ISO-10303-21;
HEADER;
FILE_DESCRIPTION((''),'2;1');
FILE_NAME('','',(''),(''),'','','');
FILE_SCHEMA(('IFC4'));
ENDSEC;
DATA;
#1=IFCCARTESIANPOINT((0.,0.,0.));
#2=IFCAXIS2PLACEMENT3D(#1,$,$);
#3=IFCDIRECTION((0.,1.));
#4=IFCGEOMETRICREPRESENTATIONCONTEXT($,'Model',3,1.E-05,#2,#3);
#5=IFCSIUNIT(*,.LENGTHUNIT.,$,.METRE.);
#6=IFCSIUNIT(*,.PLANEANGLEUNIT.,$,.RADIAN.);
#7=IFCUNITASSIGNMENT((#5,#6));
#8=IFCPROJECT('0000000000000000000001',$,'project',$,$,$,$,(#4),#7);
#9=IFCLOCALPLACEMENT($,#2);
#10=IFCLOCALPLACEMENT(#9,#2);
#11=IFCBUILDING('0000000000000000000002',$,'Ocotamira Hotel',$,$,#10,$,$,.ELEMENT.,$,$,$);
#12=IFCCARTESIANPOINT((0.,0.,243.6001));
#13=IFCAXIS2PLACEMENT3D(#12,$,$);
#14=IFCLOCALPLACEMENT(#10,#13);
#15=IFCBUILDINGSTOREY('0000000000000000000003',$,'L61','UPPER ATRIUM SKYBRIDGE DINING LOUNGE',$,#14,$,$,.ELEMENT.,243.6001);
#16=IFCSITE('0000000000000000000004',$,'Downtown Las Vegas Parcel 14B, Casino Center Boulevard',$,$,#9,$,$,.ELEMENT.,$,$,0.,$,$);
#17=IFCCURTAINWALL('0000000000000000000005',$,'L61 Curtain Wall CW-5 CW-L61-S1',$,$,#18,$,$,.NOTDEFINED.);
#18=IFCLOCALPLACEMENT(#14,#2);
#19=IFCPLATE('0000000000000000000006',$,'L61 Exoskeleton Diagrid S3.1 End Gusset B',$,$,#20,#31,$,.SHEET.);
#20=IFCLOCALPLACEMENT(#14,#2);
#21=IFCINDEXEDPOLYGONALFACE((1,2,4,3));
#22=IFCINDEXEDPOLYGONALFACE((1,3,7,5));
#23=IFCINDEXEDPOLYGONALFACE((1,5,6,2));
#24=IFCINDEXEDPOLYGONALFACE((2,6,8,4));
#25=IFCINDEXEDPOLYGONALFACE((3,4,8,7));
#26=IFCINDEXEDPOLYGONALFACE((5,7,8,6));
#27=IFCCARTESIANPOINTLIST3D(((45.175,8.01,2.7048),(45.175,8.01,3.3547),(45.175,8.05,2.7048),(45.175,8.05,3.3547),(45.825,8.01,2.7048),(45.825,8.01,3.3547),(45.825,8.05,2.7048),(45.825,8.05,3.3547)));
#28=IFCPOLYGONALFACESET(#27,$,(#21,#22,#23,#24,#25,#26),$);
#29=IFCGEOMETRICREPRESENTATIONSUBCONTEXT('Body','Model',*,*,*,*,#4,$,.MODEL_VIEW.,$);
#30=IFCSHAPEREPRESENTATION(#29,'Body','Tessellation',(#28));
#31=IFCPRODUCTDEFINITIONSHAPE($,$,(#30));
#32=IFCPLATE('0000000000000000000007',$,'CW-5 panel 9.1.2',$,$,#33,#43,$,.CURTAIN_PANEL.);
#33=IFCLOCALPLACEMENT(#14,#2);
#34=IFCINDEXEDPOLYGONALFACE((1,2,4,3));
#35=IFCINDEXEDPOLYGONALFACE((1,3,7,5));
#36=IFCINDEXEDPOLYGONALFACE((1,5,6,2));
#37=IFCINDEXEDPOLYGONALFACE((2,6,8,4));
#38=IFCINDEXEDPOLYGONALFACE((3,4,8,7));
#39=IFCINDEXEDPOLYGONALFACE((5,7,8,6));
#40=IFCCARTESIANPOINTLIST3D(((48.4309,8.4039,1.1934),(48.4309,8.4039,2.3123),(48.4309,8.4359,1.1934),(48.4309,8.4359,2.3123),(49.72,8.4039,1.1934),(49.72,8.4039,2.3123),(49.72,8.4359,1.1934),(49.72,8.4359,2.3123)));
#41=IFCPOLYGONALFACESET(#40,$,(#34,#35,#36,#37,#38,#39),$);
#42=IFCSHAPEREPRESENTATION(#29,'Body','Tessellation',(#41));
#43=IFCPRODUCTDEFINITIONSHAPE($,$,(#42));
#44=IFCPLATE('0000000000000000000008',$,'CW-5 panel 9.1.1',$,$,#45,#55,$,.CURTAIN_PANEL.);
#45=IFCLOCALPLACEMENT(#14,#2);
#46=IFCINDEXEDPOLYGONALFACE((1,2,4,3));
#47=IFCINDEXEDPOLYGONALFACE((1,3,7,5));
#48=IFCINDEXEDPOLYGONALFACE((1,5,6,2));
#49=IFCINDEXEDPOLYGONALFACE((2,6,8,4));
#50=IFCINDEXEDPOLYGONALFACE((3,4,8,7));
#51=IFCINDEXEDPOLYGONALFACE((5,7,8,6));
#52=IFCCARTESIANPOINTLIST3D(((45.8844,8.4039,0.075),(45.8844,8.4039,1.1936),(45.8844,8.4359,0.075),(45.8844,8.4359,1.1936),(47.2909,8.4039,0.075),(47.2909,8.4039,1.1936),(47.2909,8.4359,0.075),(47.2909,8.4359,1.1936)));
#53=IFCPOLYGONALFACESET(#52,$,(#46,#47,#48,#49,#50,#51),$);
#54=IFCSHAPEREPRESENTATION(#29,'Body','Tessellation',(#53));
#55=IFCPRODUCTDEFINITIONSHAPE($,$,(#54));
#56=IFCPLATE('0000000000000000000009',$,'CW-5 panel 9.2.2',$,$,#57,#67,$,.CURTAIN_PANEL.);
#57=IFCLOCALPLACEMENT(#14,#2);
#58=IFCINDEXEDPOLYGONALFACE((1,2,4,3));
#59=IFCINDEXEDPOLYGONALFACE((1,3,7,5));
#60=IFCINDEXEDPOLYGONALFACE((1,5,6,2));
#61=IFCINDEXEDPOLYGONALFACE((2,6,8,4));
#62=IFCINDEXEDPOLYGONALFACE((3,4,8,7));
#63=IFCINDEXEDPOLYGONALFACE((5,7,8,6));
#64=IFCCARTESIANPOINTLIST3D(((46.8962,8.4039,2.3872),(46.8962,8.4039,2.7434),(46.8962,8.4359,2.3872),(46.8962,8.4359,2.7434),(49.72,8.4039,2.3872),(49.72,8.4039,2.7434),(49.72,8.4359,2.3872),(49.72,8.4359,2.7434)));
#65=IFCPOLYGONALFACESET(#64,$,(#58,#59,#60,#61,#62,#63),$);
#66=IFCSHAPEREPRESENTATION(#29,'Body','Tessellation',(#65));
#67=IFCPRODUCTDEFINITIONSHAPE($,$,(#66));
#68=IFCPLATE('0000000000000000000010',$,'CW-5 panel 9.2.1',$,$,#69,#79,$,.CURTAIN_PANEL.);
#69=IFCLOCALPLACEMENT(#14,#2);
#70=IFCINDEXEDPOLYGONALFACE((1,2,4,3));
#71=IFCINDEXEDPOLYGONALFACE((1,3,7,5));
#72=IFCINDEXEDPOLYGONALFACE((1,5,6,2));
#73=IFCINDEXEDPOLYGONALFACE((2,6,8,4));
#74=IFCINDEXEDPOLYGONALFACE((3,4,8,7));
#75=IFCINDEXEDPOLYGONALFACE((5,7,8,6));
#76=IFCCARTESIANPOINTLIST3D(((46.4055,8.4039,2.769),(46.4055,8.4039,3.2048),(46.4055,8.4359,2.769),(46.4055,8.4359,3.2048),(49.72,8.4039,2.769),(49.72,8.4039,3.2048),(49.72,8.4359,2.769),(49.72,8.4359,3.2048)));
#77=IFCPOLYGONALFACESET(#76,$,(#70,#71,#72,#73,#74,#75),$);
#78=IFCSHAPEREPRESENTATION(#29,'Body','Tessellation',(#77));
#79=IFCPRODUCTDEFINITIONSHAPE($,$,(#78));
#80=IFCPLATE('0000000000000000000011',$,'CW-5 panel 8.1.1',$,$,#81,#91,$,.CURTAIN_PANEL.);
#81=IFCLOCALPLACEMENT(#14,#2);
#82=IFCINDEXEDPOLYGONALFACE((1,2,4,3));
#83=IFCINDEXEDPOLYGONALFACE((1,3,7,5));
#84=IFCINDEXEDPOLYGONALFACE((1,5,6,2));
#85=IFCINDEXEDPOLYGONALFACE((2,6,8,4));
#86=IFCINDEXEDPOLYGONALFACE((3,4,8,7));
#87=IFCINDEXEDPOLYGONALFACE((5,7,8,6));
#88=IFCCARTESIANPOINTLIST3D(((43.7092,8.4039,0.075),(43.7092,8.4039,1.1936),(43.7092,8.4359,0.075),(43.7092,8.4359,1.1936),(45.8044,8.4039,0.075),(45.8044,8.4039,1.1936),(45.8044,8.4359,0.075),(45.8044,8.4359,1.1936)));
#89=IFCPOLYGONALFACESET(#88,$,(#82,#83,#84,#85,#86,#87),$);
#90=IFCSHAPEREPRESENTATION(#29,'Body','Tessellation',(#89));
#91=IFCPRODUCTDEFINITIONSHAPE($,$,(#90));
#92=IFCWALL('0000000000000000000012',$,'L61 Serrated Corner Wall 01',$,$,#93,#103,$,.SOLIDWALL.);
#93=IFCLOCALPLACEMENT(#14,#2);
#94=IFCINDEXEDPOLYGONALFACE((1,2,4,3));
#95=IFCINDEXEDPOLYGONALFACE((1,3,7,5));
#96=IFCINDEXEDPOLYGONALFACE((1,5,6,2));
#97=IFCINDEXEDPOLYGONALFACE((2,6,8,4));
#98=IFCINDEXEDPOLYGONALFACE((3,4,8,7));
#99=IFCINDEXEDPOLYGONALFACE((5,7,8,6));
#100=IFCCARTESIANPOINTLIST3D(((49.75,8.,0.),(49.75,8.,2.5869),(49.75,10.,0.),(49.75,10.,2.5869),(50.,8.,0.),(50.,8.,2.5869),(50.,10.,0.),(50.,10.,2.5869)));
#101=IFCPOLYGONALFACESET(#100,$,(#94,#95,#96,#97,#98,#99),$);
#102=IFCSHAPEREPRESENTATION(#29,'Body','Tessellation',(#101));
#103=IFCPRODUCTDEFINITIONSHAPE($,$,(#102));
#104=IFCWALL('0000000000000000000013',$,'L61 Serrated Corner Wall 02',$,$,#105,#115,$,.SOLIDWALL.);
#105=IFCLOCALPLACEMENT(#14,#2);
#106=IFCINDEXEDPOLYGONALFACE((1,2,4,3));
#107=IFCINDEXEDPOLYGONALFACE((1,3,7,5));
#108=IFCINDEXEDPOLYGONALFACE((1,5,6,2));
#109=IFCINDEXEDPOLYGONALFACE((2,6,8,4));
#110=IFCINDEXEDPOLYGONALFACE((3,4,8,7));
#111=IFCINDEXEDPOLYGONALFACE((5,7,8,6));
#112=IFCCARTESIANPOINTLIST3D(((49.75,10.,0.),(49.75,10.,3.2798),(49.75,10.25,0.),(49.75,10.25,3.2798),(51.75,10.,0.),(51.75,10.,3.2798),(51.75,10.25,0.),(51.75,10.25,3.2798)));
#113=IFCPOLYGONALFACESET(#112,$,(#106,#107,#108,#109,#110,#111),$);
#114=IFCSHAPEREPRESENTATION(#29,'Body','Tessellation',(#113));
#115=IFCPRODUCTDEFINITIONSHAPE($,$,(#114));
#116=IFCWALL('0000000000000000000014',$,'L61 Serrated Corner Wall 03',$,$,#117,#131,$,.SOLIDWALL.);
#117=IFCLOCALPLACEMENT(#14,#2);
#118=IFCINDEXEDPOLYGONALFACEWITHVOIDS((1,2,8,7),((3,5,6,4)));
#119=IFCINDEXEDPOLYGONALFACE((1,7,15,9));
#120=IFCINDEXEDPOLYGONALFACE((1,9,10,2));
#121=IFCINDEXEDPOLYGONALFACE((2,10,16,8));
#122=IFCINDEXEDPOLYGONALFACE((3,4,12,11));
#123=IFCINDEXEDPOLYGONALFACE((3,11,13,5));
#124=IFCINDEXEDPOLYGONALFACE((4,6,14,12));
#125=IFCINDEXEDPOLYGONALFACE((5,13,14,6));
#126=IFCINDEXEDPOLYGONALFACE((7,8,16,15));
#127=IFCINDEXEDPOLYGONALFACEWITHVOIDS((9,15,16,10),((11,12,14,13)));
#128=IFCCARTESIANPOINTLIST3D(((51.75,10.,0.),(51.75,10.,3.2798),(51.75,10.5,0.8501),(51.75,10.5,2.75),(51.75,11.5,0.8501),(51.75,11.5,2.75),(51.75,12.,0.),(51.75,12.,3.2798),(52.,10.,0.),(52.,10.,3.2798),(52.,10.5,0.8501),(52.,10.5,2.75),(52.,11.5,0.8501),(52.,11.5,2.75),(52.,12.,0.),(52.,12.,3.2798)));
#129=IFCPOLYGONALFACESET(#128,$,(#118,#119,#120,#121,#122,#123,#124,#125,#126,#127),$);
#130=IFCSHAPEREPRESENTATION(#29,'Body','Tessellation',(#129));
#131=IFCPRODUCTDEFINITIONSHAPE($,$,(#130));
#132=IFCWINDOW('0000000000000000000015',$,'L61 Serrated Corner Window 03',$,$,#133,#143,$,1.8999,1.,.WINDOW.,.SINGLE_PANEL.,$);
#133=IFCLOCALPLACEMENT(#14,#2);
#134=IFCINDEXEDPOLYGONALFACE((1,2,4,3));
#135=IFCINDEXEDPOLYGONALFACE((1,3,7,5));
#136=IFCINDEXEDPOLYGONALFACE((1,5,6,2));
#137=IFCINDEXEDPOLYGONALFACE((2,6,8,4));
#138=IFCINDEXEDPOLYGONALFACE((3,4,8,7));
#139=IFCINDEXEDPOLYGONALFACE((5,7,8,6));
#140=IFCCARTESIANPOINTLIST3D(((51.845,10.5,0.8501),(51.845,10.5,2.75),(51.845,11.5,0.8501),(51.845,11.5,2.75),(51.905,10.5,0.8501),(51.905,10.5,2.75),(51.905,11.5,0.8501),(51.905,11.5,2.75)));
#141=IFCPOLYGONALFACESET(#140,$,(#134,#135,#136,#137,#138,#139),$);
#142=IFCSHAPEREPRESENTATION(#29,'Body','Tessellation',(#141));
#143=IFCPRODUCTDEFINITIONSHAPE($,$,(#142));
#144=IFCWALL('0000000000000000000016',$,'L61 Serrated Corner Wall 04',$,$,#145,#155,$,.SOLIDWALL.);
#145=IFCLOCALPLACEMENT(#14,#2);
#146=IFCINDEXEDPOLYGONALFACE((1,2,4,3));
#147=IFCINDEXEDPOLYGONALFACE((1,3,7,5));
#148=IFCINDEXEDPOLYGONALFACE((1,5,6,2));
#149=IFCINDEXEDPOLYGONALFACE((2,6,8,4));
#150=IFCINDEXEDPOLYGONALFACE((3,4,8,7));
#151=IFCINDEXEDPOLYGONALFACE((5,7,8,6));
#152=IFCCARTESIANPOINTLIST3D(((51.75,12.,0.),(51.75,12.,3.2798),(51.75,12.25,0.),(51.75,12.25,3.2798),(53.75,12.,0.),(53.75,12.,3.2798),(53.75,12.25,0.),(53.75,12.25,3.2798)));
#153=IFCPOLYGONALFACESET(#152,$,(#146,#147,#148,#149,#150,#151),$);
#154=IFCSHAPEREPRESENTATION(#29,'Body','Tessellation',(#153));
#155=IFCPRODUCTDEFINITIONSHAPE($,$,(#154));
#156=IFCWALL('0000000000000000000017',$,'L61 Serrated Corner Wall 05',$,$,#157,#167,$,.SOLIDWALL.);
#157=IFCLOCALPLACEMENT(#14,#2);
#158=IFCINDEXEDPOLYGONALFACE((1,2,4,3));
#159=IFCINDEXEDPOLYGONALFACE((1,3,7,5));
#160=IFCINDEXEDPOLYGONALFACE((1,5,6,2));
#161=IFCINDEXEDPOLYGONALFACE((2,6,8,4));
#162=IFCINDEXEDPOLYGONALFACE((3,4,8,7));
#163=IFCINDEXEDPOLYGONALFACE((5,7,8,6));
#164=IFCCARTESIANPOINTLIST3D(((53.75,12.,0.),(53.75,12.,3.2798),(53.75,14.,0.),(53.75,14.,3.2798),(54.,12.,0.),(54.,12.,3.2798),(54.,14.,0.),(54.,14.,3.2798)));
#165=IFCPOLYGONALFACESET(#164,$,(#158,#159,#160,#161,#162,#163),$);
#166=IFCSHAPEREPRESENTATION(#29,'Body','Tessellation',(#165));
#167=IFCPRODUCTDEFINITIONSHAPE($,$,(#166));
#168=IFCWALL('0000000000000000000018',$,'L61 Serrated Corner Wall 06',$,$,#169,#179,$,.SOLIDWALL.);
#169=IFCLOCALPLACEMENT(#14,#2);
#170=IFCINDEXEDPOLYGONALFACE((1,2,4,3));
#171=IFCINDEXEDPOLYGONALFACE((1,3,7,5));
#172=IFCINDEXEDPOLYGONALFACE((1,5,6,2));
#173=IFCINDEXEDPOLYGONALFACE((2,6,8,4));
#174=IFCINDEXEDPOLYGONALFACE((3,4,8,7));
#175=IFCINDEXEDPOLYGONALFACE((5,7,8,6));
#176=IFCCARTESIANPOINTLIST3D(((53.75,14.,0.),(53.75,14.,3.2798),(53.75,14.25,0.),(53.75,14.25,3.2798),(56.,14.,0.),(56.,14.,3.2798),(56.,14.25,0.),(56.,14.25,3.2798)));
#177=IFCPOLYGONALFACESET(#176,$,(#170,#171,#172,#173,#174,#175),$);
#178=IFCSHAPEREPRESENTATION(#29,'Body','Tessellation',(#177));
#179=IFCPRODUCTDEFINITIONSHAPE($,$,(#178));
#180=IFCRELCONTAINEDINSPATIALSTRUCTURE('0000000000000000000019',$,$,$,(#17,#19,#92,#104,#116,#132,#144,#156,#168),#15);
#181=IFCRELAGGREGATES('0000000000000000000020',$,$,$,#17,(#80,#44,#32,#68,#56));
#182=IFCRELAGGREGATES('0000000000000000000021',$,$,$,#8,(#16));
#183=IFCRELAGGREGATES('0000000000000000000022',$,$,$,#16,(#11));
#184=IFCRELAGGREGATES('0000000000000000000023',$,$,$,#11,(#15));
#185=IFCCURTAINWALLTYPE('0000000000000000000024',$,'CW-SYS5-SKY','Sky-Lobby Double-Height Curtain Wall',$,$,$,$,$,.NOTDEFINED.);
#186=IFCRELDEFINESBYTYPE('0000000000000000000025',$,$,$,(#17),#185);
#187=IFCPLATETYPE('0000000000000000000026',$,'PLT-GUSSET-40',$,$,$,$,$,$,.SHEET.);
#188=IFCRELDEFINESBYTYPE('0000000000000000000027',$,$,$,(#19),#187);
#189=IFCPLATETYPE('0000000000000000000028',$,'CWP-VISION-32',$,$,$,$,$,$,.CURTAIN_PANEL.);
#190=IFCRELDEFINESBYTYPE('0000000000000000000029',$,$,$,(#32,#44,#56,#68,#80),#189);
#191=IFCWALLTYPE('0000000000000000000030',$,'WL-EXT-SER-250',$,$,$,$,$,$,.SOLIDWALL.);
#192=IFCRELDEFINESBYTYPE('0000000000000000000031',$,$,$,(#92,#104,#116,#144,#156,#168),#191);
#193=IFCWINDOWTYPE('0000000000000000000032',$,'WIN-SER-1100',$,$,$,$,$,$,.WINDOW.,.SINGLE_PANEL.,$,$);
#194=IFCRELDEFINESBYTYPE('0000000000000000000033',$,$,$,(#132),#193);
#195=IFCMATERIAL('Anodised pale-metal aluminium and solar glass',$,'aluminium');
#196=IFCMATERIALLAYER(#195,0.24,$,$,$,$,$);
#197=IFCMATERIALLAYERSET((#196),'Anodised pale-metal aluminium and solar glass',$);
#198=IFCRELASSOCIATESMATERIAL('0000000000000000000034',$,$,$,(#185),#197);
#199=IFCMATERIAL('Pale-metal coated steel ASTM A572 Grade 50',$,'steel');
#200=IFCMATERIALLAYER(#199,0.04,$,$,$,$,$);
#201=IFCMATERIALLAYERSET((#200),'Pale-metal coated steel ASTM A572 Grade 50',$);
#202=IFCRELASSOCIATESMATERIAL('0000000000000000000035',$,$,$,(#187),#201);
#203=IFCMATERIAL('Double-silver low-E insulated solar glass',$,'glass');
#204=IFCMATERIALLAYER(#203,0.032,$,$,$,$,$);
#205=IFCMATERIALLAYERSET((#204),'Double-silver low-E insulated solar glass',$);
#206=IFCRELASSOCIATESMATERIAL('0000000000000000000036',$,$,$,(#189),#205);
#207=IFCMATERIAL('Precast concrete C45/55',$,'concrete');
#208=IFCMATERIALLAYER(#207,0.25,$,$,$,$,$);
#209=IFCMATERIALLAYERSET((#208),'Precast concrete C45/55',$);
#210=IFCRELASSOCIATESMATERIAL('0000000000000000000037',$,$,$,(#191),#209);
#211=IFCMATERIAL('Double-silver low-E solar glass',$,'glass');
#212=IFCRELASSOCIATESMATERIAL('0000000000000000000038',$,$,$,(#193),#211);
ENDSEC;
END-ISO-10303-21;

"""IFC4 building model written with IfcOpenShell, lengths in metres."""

from ifc_helpers import new_model, si_unit, direction, frame, frame_2d, origin, origin_2d, place, context, subcontext, project, spatial, rectangle, extrude, source, transform, mapped, material, layer, layer_set, type_object, element, fill, aggregate, save


model = new_model("IFC4")

# Units and contexts
model_context = context("Model", 3, precision=1e-05, world=origin(), true_north=direction((0.0, 1.0)))
body_context = subcontext(model_context, "Body", "Model", "MODEL_VIEW")
ifc_project = project(units=[si_unit("LENGTHUNIT", "METRE"), si_unit("PLANEANGLEUNIT", "RADIAN")], contexts=[model_context])

# Site, building, storey
site_placement = place(None, origin())
site = spatial("IfcSite", under=ifc_project, at=site_placement, Name="Downtown Las Vegas Parcel 14B, Casino Center Boulevard", CompositionType="ELEMENT", RefElevation=0.0)
building_placement = place(site_placement, origin())
building = spatial("IfcBuilding", under=site, at=building_placement, Name="Ocotamira Hotel", CompositionType="ELEMENT")
storey_placement = place(building_placement, frame((0.0, 0.0, 243.6001)))
storey = spatial("IfcBuildingStorey", under=building, at=storey_placement, Name="L61", Description="UPPER ATRIUM SKYBRIDGE DINING LOUNGE", CompositionType="ELEMENT", Elevation=243.6001)

# Curtain wall
ifc_material_1 = material(Name="Anodised pale-metal aluminium and solar glass", Category="aluminium")
ifc_layer_1 = layer(ifc_material_1, 0.24)
ifc_layer_set_1 = layer_set([ifc_layer_1], Name="Anodised pale-metal aluminium and solar glass")
curtain_wall_type = type_object("IfcCurtainWallType", Name="CW-SYS5-SKY", Description="Sky-Lobby Double-Height Curtain Wall", PredefinedType="NOTDEFINED", material=ifc_layer_set_1)
curtain_wall_1_placement = place(storey_placement, origin())
curtain_wall_1 = element("IfcCurtainWall", 1, at=curtain_wall_1_placement, inside=storey, type_object=curtain_wall_type, Name="L61 Curtain Wall CW-5 CW-L61-S1", PredefinedType="NOTDEFINED")

# Plates
ifc_material_2 = material(Name="Pale-metal coated steel ASTM A572 Grade 50", Category="steel")
ifc_layer_2 = layer(ifc_material_2, 0.04)
ifc_layer_set_2 = layer_set([ifc_layer_2], Name="Pale-metal coated steel ASTM A572 Grade 50")
plate_type_1 = type_object("IfcPlateType", Name="PLT-GUSSET-40", PredefinedType="SHEET", material=ifc_layer_set_2)
shared_shape_1 = source(origin(), body_context, "Body", "SweptSolid", [
    extrude(rectangle(XDim=0.6499, YDim=0.04, at=origin_2d()), origin(), (0.0, 0.0, 1.0), 0.6499),
])
plate_1_placement = place(storey_placement, frame((45.5, 8.03, 2.7048), z_axis=(0.0, 0.0, 1.0), x_axis=(1.0, 0.0, 0.0)))
element("IfcPlate", 2, at=plate_1_placement, inside=storey, type_object=plate_type_1, Name="L61 Exoskeleton Diagrid S3.1 End Gusset B", PredefinedType="SHEET", context=body_context, shape_type="MappedRepresentation", body=[
    mapped(shared_shape_1, transform((0.0, 0.0, 0.0), scale=1.0)),
])
ifc_material_3 = material(Name="Double-silver low-E insulated solar glass", Category="glass")
ifc_layer_3 = layer(ifc_material_3, 0.032)
ifc_layer_set_3 = layer_set([ifc_layer_3], Name="Double-silver low-E insulated solar glass")
plate_type_2 = type_object("IfcPlateType", Name="CWP-VISION-32", PredefinedType="CURTAIN_PANEL", material=ifc_layer_set_3)
shared_shape_2 = source(origin(), body_context, "Body", "SweptSolid", [
    extrude(rectangle(XDim=1.2891, YDim=0.032, at=origin_2d()), origin(), (0.0, 0.0, 1.0), 1.1189),
])
plate_2_placement = place(storey_placement, frame((49.0754, 8.4199, 1.1934), z_axis=(0.0, 0.0, 1.0), x_axis=(1.0, 0.0, 0.0)))
plate_2 = element("IfcPlate", 3, at=plate_2_placement, type_object=plate_type_2, Name="CW-5 panel 9.1.2", PredefinedType="CURTAIN_PANEL", context=body_context, shape_type="MappedRepresentation", body=[
    mapped(shared_shape_2, transform((0.0, 0.0, 0.0), scale=1.0)),
])
shared_shape_3 = source(origin(), body_context, "Body", "SweptSolid", [
    extrude(rectangle(XDim=1.4065, YDim=0.032, at=origin_2d()), origin(), (0.0, 0.0, 1.0), 1.1187),
])
plate_3_placement = place(storey_placement, frame((46.5876, 8.4199, 0.075), z_axis=(0.0, 0.0, 1.0), x_axis=(1.0, 0.0, 0.0)))
plate_3 = element("IfcPlate", 4, at=plate_3_placement, type_object=plate_type_2, Name="CW-5 panel 9.1.1", PredefinedType="CURTAIN_PANEL", context=body_context, shape_type="MappedRepresentation", body=[
    mapped(shared_shape_3, transform((0.0, 0.0, 0.0), scale=1.0)),
])
shared_shape_4 = source(origin(), body_context, "Body", "SweptSolid", [
    extrude(rectangle(XDim=2.8237, YDim=0.032, at=origin_2d()), origin(), (0.0, 0.0, 1.0), 0.3562),
])
plate_4_placement = place(storey_placement, frame((48.3081, 8.4199, 2.3872), z_axis=(0.0, 0.0, 1.0), x_axis=(1.0, 0.0, 0.0)))
plate_4 = element("IfcPlate", 5, at=plate_4_placement, type_object=plate_type_2, Name="CW-5 panel 9.2.2", PredefinedType="CURTAIN_PANEL", context=body_context, shape_type="MappedRepresentation", body=[
    mapped(shared_shape_4, transform((0.0, 0.0, 0.0), scale=1.0)),
])
shared_shape_5 = source(origin(), body_context, "Body", "SweptSolid", [
    extrude(rectangle(XDim=3.3145, YDim=0.032, at=origin_2d()), origin(), (0.0, 0.0, 1.0), 0.4358),
])
plate_5_placement = place(storey_placement, frame((48.0627, 8.4199, 2.769), z_axis=(0.0, 0.0, 1.0), x_axis=(1.0, 0.0, 0.0)))
plate_5 = element("IfcPlate", 6, at=plate_5_placement, type_object=plate_type_2, Name="CW-5 panel 9.2.1", PredefinedType="CURTAIN_PANEL", context=body_context, shape_type="MappedRepresentation", body=[
    mapped(shared_shape_5, transform((0.0, 0.0, 0.0), scale=1.0)),
])
shared_shape_6 = source(origin(), body_context, "Body", "SweptSolid", [
    extrude(rectangle(XDim=2.0952, YDim=0.032, at=origin_2d()), origin(), (0.0, 0.0, 1.0), 1.1187),
])
plate_6_placement = place(storey_placement, frame((44.7568, 8.4199, 0.075), z_axis=(0.0, 0.0, 1.0), x_axis=(1.0, 0.0, 0.0)))
plate_6 = element("IfcPlate", 7, at=plate_6_placement, type_object=plate_type_2, Name="CW-5 panel 8.1.1", PredefinedType="CURTAIN_PANEL", context=body_context, shape_type="MappedRepresentation", body=[
    mapped(shared_shape_6, transform((0.0, 0.0, 0.0), scale=1.0)),
])
aggregate(curtain_wall_1, [plate_6, plate_3, plate_2, plate_5, plate_4])

# Walls
ifc_material_4 = material(Name="Precast concrete C45/55", Category="concrete")
ifc_layer_4 = layer(ifc_material_4, 0.25)
ifc_layer_set_4 = layer_set([ifc_layer_4], Name="Precast concrete C45/55")
wall_type_1 = type_object("IfcWallType", Name="WL-EXT-SER-250", PredefinedType="SOLIDWALL", material=ifc_layer_set_4)
wall_1_placement = place(storey_placement, frame((49.875, 8.0, 0.0), z_axis=(0.0, 0.0, 1.0), x_axis=(0.0, 1.0, 0.0)))
element("IfcWall", 8, at=wall_1_placement, inside=storey, type_object=wall_type_1, Name="L61 Serrated Corner Wall 01", PredefinedType="SOLIDWALL", context=body_context, shape_type="SweptSolid", body=[
    extrude(rectangle(XDim=2.0, YDim=0.25, at=frame_2d((1.0, 0.0))), origin(), (0.0, 0.0, 1.0), 2.5869),
])
wall_2_placement = place(storey_placement, frame((49.75, 10.125, 0.0), z_axis=(0.0, 0.0, 1.0), x_axis=(1.0, 0.0, 0.0)))
element("IfcWall", 9, at=wall_2_placement, inside=storey, type_object=wall_type_1, Name="L61 Serrated Corner Wall 02", PredefinedType="SOLIDWALL", context=body_context, shape_type="SweptSolid", body=[
    extrude(rectangle(XDim=2.0, YDim=0.25, at=frame_2d((1.0, 0.0))), origin(), (0.0, 0.0, 1.0), 3.2798),
])

# Wall, opening, window
wall_3_placement = place(storey_placement, frame((51.875, 10.0, 0.0), z_axis=(0.0, 0.0, 1.0), x_axis=(0.0, 1.0, 0.0)))
wall_3 = element("IfcWall", 10, at=wall_3_placement, inside=storey, type_object=wall_type_1, Name="L61 Serrated Corner Wall 03", PredefinedType="SOLIDWALL", context=body_context, shape_type="SweptSolid", body=[
    extrude(rectangle(XDim=2.0, YDim=0.25, at=frame_2d((1.0, 0.0))), origin(), (0.0, 0.0, 1.0), 3.2798),
])
opening_1_placement = place(wall_3_placement, frame((0.5, 0.0, 0.8501)))
opening_1 = element("IfcOpeningElement", 11, at=opening_1_placement, cuts=wall_3, PredefinedType="OPENING", context=body_context, shape_type="SweptSolid", body=[
    extrude(rectangle(XDim=1.0, YDim=1.8999, at=frame_2d((0.5, 0.95))), frame((0.0, 0.135, 0.0), z_axis=(0.0, -1.0, 0.0), x_axis=(1.0, 0.0, 0.0)), (0.0, 0.0, 1.0), 0.27),
])
ifc_material_5 = material(Name="Double-silver low-E solar glass", Category="glass")
window_type = type_object("IfcWindowType", Name="WIN-SER-1100", PartitioningType="SINGLE_PANEL", PredefinedType="WINDOW", material=ifc_material_5)
shared_shape_7 = source(origin(), body_context, "Body", "SweptSolid", [
    extrude(rectangle(XDim=1.0, YDim=1.8999, at=frame_2d((0.5, 0.95))), frame((0.0, 0.03, 0.0), z_axis=(0.0, -1.0, 0.0), x_axis=(1.0, 0.0, 0.0)), (0.0, 0.0, 1.0), 0.0601),
])
window_placement = place(opening_1_placement, origin())
window = element("IfcWindow", 12, at=window_placement, inside=storey, type_object=window_type, Name="L61 Serrated Corner Window 03", OverallHeight=1.8999, OverallWidth=1.0, PartitioningType="SINGLE_PANEL", PredefinedType="WINDOW", context=body_context, shape_type="MappedRepresentation", body=[
    mapped(shared_shape_7, transform((0.0, 0.0, 0.0), scale=1.0)),
])
fill(opening_1, window)

# Walls
for number, where, z_axis, x_axis, name in (
    (13, (51.75, 12.125, 0.0), (0.0, 0.0, 1.0), (1.0, 0.0, 0.0), "L61 Serrated Corner Wall 04"),
    (14, (53.875, 12.0, 0.0), (0.0, 0.0, 1.0), (0.0, 1.0, 0.0), "L61 Serrated Corner Wall 05"),
):
    element("IfcWall", number, at=place(storey_placement, frame(where, z_axis=z_axis, x_axis=x_axis)), inside=storey, type_object=wall_type_1, Name=name, PredefinedType="SOLIDWALL", context=body_context, shape_type="SweptSolid", body=[
        extrude(rectangle(XDim=2.0, YDim=0.25, at=frame_2d((1.0, 0.0))), origin(), (0.0, 0.0, 1.0), 3.2798),
    ])
wall_4_placement = place(storey_placement, frame((53.75, 14.125, 0.0), z_axis=(0.0, 0.0, 1.0), x_axis=(1.0, 0.0, 0.0)))
element("IfcWall", 15, at=wall_4_placement, inside=storey, type_object=wall_type_1, Name="L61 Serrated Corner Wall 06", PredefinedType="SOLIDWALL", context=body_context, shape_type="SweptSolid", body=[
    extrude(rectangle(XDim=2.25, YDim=0.25, at=frame_2d((1.125, 0.0))), origin(), (0.0, 0.0, 1.0), 3.2798),
])

save(model, "model.ifc")
